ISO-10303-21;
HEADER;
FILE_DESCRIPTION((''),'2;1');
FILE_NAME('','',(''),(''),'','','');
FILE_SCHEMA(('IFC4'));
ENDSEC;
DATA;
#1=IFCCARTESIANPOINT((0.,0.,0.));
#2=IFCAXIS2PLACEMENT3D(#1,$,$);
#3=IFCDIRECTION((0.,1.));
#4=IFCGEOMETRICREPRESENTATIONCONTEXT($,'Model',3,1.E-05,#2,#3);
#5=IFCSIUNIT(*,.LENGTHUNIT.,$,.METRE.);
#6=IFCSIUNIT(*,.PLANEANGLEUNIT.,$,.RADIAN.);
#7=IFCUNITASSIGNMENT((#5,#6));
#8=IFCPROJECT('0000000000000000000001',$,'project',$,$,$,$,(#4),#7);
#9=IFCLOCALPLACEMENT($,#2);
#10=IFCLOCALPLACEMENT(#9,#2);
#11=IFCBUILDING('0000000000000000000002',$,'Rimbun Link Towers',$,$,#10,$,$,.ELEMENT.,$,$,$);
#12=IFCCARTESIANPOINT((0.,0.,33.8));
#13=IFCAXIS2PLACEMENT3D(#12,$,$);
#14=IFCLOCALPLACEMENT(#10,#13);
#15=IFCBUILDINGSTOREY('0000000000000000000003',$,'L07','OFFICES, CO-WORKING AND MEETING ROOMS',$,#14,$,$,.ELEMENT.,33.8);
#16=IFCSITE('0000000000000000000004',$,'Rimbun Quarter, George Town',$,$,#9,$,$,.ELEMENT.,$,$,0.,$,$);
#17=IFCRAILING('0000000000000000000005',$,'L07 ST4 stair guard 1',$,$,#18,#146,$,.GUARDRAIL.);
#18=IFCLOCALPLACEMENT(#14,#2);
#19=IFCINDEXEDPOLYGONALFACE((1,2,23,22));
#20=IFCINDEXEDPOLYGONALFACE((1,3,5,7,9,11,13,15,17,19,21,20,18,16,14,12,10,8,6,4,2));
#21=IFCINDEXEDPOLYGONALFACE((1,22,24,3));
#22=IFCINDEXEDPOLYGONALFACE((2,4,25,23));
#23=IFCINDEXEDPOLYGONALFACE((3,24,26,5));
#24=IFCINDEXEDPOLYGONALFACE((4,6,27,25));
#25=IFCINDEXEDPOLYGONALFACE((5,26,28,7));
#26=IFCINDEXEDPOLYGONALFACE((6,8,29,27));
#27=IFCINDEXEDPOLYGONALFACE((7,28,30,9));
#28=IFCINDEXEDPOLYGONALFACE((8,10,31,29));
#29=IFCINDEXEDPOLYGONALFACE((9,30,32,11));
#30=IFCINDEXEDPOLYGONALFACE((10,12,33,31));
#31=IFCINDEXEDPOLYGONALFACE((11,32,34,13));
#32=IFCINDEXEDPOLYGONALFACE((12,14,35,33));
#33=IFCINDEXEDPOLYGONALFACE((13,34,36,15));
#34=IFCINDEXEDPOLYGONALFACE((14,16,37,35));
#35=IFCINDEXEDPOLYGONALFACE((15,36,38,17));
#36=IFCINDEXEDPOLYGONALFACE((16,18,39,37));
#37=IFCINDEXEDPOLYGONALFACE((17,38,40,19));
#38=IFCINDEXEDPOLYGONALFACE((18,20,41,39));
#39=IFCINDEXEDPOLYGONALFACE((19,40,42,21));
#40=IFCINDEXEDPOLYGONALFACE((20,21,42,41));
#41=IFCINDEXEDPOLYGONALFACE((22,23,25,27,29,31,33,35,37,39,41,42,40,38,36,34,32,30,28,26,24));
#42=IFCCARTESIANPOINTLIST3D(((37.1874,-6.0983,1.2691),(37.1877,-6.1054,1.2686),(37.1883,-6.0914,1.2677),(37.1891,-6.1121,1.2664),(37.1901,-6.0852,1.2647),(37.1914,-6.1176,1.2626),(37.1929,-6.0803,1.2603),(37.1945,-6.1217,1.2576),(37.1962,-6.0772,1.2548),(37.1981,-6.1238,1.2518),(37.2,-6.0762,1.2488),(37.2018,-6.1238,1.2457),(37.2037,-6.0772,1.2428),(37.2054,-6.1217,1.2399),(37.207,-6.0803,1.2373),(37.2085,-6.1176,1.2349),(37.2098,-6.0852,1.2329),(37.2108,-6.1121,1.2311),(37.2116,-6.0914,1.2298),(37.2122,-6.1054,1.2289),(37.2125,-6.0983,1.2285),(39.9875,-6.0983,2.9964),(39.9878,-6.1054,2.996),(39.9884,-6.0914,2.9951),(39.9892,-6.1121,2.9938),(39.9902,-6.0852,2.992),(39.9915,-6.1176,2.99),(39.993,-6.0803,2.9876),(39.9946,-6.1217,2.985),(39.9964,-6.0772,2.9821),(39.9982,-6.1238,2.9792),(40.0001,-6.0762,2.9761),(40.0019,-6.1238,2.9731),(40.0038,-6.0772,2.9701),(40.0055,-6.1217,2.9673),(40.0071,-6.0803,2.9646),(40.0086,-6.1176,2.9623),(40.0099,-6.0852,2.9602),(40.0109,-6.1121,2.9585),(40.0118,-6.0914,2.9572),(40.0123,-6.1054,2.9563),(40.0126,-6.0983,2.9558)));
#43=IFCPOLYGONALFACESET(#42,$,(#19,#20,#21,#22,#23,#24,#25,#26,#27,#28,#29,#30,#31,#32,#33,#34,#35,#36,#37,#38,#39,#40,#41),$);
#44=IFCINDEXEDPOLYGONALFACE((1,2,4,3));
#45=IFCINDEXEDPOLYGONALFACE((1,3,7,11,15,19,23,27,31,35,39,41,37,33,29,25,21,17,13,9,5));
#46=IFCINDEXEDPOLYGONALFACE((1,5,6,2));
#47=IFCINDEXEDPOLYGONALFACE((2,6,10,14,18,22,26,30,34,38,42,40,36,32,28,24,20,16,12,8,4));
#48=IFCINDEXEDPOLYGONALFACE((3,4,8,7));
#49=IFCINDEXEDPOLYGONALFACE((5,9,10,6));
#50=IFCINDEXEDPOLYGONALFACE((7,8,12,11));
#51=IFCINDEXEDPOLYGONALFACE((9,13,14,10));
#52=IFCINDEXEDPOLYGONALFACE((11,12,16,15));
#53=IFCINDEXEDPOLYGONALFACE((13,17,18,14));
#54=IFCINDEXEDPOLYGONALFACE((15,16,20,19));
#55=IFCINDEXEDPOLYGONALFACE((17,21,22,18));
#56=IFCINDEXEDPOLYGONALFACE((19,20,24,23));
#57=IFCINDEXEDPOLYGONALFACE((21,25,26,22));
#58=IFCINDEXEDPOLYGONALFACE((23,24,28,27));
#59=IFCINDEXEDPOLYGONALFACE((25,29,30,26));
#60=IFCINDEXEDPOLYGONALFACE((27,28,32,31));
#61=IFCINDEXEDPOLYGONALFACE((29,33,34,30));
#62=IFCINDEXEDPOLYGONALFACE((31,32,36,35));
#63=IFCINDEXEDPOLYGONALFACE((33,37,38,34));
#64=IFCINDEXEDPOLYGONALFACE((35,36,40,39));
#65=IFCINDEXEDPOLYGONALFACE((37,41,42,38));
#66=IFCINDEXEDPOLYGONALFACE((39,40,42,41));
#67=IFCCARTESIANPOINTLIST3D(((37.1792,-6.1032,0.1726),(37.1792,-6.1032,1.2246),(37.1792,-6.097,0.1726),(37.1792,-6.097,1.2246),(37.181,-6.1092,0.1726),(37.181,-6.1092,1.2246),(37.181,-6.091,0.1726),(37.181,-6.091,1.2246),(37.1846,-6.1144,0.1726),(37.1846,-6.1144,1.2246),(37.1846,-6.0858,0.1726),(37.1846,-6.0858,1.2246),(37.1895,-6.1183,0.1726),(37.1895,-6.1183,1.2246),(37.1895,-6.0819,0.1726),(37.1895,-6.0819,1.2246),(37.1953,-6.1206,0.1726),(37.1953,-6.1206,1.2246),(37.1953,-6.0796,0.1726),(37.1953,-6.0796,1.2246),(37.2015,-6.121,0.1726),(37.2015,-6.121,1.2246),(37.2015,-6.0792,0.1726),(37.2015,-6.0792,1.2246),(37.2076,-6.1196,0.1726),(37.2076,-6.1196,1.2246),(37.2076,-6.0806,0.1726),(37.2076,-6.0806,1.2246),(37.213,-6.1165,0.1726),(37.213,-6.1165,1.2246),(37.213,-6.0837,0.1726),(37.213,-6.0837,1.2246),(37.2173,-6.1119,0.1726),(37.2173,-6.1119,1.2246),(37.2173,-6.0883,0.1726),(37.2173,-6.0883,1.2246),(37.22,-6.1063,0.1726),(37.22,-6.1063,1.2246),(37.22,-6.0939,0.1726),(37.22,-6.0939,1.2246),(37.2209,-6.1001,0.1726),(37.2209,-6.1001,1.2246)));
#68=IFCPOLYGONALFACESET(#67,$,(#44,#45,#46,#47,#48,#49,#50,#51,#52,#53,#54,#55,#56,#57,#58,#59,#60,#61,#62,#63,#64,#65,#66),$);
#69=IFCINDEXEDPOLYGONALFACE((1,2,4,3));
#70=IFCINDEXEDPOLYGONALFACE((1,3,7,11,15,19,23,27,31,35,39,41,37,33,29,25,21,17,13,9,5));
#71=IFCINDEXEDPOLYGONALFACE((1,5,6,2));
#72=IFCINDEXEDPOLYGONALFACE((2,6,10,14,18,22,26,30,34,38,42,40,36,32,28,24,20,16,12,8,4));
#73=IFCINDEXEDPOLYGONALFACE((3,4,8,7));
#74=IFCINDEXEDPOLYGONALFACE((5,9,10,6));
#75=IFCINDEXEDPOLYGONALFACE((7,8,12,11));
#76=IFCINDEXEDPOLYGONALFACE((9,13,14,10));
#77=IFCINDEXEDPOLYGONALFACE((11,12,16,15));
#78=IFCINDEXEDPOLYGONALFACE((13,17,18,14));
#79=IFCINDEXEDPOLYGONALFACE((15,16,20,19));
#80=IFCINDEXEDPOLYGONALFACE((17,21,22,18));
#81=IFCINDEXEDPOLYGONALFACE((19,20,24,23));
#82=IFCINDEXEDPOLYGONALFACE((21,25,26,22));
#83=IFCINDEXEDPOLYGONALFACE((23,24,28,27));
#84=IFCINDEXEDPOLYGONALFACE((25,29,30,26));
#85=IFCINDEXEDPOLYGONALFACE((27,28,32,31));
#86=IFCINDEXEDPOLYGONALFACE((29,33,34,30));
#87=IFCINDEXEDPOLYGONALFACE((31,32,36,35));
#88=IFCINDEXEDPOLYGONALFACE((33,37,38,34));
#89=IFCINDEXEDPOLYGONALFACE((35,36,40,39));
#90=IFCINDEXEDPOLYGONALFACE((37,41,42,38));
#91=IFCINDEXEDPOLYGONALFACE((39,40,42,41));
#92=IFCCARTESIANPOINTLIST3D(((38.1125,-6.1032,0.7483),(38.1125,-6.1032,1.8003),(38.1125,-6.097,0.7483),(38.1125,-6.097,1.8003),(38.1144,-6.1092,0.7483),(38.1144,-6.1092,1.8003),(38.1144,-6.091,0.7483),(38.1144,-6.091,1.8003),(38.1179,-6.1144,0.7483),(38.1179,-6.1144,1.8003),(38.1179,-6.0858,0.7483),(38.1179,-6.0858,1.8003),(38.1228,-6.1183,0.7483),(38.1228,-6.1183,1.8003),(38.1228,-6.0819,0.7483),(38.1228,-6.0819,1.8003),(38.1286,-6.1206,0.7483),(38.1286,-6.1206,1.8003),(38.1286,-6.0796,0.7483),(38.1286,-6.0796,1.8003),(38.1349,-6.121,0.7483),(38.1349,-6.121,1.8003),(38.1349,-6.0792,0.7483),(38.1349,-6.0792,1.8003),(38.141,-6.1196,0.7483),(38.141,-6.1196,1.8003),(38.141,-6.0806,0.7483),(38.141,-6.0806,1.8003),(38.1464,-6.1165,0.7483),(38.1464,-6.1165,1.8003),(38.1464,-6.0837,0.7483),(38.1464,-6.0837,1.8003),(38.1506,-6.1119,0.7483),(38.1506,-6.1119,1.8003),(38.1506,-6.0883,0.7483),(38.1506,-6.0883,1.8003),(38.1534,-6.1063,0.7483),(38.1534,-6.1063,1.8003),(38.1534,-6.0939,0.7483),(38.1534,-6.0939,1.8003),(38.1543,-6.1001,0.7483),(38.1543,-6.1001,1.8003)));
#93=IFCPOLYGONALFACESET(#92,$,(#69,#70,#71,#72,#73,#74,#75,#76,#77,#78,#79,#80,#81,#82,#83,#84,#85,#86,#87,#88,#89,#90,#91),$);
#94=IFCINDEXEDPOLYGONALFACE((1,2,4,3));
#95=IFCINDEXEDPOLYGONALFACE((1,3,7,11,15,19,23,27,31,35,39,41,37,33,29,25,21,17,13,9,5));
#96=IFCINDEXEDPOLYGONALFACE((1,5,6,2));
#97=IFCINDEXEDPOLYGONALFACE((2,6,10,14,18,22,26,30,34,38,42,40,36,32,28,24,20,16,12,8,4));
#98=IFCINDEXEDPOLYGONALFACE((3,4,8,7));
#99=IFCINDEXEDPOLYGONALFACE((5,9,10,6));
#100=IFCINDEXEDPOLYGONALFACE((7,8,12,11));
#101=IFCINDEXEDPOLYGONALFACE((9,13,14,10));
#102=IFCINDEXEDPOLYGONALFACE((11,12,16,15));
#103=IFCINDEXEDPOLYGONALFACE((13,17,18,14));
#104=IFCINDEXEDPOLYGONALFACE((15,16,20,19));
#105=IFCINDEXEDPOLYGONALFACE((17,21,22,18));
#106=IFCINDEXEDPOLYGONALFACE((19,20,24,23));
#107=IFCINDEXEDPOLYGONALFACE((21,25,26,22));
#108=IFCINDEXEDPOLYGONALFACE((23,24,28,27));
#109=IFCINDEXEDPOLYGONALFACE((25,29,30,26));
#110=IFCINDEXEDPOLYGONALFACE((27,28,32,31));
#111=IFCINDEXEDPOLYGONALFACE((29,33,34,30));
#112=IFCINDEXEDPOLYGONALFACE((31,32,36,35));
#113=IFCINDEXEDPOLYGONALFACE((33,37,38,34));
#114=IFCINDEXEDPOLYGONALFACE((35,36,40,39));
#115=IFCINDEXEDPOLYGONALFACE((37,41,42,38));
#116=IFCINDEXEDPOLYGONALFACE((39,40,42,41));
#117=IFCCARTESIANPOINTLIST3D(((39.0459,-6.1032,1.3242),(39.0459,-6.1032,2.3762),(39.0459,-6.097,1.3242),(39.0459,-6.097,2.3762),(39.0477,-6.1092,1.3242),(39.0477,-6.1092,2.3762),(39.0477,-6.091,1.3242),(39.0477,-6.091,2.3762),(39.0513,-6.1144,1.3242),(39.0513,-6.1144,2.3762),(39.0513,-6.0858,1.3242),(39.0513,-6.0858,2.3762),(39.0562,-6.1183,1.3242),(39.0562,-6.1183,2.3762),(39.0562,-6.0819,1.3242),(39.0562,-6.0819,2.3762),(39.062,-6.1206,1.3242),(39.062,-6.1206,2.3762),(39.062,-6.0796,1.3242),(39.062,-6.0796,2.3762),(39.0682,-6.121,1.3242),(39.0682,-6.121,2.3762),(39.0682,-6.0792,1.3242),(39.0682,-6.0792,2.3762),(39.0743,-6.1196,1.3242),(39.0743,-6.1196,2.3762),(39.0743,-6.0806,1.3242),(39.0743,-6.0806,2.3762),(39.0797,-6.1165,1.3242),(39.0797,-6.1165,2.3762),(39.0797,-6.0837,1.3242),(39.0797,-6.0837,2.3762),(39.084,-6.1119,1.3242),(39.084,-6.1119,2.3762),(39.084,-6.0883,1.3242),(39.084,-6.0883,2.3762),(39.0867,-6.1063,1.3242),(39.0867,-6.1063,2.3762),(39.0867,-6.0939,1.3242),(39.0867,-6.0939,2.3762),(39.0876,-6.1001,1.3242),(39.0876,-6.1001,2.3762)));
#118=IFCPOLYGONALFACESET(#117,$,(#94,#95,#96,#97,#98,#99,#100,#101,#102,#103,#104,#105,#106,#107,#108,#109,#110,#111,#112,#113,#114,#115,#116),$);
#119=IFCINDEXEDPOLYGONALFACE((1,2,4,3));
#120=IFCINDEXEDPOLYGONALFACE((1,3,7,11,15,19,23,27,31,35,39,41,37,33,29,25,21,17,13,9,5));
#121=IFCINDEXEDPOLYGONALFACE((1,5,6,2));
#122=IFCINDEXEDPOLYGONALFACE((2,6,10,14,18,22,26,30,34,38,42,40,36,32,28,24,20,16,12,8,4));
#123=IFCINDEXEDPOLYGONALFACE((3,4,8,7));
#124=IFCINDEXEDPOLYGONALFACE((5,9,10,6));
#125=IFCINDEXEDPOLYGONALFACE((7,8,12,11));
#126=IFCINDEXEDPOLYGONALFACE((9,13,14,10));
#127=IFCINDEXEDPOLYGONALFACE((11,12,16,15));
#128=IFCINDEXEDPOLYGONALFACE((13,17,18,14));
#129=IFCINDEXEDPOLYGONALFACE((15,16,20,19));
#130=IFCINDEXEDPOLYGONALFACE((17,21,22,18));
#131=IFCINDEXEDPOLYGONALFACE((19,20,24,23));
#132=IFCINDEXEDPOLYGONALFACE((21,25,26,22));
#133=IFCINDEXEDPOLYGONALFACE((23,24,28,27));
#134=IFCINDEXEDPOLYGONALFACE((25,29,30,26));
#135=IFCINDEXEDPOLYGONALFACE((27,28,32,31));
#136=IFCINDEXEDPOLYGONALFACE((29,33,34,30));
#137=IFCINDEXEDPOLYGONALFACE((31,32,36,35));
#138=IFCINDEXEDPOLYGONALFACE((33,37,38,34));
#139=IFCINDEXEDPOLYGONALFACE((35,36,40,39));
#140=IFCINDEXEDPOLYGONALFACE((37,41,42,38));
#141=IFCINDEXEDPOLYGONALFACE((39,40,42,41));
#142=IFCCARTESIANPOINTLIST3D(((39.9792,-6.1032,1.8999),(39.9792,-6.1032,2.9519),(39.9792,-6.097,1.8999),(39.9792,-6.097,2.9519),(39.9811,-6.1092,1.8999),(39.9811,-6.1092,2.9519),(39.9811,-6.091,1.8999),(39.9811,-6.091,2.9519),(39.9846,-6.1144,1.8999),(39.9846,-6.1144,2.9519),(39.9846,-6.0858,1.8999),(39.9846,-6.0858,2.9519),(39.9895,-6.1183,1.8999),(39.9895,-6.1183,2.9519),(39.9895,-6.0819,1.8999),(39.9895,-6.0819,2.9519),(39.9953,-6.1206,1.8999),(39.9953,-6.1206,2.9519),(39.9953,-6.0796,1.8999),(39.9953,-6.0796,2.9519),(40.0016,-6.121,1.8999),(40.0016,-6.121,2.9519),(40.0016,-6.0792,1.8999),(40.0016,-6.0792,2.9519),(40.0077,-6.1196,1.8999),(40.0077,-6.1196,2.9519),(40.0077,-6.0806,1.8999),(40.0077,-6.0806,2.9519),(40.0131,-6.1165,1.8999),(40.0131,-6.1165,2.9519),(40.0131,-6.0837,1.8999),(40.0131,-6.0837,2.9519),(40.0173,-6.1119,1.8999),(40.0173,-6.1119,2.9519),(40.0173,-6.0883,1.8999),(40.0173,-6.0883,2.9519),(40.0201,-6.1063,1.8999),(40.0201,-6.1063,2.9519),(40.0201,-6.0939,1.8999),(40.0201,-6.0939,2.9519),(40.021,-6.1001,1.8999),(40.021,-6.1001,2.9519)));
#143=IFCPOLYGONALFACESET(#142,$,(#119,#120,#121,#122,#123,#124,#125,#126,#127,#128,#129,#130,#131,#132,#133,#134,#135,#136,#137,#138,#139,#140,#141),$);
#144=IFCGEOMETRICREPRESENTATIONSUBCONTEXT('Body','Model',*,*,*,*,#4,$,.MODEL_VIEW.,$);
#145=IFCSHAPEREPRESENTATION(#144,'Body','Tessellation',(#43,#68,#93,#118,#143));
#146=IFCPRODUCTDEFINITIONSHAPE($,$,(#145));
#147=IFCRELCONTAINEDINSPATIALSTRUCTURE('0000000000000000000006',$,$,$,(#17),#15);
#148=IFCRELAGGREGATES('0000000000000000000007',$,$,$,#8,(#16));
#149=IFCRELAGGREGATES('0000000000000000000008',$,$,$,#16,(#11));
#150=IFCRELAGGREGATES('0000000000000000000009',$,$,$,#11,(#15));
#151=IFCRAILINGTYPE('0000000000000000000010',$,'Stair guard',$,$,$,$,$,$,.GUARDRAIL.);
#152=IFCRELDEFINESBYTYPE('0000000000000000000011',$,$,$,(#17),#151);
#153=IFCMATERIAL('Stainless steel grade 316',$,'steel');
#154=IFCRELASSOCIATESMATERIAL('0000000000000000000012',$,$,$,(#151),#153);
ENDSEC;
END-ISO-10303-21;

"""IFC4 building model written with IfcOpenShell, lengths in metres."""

from ifc_helpers import new_model, si_unit, direction, frame, origin, origin_2d, place, context, subcontext, project, spatial, circle, extrude, material, type_object, element, save


model = new_model("IFC4")

# Units and contexts
model_context = context("Model", 3, precision=1e-05, world=origin(), true_north=direction((0.0, 1.0)))
body_context = subcontext(model_context, "Body", "Model", "MODEL_VIEW")
ifc_project = project(units=[si_unit("LENGTHUNIT", "METRE"), si_unit("PLANEANGLEUNIT", "RADIAN")], contexts=[model_context])

# Site, building, storey
site_placement = place(None, origin())
site = spatial("IfcSite", under=ifc_project, at=site_placement, Name="Rimbun Quarter, George Town", CompositionType="ELEMENT", RefElevation=0.0)
building_placement = place(site_placement, origin())
building = spatial("IfcBuilding", under=site, at=building_placement, Name="Rimbun Link Towers", CompositionType="ELEMENT")
storey_placement = place(building_placement, frame((0.0, 0.0, 33.8)))
storey = spatial("IfcBuildingStorey", under=building, at=storey_placement, Name="L07", Description="OFFICES, CO-WORKING AND MEETING ROOMS", CompositionType="ELEMENT", Elevation=33.8)

# Railing
ifc_material_1 = material(Name="Stainless steel grade 316", Category="steel")
railing_type_1 = type_object("IfcRailingType", Name="Stair guard", PredefinedType="GUARDRAIL", material=ifc_material_1)
railing_1_placement = place(storey_placement, frame((37.2, -6.1001, 0.1726)))
element("IfcRailing", 1, at=railing_1_placement, inside=storey, type_object=railing_type_1, Name="L07 ST4 stair guard 1", PredefinedType="GUARDRAIL", context=body_context, shape_type="SweptSolid", body=[
    extrude(circle(Radius=0.0239, at=origin_2d()), frame((0.0, 0.0, 1.0762), z_axis=(0.85109, 0.0, 0.52502), x_axis=(0.0, 1.0, 0.0)), (0.0, 0.0, 1.0), 3.29),
    extrude(circle(Radius=0.021, at=origin_2d()), origin(), (0.0, 0.0, 1.0), 1.052),
    extrude(circle(Radius=0.021, at=origin_2d()), frame((0.9333, 0.0, 0.5757)), (0.0, 0.0, 1.0), 1.052),
    extrude(circle(Radius=0.021, at=origin_2d()), frame((1.8667, 0.0, 1.1516)), (0.0, 0.0, 1.0), 1.052),
    extrude(circle(Radius=0.021, at=origin_2d()), frame((2.8, 0.0, 1.7273)), (0.0, 0.0, 1.0), 1.052),
])

save(model, "model.ifc")
